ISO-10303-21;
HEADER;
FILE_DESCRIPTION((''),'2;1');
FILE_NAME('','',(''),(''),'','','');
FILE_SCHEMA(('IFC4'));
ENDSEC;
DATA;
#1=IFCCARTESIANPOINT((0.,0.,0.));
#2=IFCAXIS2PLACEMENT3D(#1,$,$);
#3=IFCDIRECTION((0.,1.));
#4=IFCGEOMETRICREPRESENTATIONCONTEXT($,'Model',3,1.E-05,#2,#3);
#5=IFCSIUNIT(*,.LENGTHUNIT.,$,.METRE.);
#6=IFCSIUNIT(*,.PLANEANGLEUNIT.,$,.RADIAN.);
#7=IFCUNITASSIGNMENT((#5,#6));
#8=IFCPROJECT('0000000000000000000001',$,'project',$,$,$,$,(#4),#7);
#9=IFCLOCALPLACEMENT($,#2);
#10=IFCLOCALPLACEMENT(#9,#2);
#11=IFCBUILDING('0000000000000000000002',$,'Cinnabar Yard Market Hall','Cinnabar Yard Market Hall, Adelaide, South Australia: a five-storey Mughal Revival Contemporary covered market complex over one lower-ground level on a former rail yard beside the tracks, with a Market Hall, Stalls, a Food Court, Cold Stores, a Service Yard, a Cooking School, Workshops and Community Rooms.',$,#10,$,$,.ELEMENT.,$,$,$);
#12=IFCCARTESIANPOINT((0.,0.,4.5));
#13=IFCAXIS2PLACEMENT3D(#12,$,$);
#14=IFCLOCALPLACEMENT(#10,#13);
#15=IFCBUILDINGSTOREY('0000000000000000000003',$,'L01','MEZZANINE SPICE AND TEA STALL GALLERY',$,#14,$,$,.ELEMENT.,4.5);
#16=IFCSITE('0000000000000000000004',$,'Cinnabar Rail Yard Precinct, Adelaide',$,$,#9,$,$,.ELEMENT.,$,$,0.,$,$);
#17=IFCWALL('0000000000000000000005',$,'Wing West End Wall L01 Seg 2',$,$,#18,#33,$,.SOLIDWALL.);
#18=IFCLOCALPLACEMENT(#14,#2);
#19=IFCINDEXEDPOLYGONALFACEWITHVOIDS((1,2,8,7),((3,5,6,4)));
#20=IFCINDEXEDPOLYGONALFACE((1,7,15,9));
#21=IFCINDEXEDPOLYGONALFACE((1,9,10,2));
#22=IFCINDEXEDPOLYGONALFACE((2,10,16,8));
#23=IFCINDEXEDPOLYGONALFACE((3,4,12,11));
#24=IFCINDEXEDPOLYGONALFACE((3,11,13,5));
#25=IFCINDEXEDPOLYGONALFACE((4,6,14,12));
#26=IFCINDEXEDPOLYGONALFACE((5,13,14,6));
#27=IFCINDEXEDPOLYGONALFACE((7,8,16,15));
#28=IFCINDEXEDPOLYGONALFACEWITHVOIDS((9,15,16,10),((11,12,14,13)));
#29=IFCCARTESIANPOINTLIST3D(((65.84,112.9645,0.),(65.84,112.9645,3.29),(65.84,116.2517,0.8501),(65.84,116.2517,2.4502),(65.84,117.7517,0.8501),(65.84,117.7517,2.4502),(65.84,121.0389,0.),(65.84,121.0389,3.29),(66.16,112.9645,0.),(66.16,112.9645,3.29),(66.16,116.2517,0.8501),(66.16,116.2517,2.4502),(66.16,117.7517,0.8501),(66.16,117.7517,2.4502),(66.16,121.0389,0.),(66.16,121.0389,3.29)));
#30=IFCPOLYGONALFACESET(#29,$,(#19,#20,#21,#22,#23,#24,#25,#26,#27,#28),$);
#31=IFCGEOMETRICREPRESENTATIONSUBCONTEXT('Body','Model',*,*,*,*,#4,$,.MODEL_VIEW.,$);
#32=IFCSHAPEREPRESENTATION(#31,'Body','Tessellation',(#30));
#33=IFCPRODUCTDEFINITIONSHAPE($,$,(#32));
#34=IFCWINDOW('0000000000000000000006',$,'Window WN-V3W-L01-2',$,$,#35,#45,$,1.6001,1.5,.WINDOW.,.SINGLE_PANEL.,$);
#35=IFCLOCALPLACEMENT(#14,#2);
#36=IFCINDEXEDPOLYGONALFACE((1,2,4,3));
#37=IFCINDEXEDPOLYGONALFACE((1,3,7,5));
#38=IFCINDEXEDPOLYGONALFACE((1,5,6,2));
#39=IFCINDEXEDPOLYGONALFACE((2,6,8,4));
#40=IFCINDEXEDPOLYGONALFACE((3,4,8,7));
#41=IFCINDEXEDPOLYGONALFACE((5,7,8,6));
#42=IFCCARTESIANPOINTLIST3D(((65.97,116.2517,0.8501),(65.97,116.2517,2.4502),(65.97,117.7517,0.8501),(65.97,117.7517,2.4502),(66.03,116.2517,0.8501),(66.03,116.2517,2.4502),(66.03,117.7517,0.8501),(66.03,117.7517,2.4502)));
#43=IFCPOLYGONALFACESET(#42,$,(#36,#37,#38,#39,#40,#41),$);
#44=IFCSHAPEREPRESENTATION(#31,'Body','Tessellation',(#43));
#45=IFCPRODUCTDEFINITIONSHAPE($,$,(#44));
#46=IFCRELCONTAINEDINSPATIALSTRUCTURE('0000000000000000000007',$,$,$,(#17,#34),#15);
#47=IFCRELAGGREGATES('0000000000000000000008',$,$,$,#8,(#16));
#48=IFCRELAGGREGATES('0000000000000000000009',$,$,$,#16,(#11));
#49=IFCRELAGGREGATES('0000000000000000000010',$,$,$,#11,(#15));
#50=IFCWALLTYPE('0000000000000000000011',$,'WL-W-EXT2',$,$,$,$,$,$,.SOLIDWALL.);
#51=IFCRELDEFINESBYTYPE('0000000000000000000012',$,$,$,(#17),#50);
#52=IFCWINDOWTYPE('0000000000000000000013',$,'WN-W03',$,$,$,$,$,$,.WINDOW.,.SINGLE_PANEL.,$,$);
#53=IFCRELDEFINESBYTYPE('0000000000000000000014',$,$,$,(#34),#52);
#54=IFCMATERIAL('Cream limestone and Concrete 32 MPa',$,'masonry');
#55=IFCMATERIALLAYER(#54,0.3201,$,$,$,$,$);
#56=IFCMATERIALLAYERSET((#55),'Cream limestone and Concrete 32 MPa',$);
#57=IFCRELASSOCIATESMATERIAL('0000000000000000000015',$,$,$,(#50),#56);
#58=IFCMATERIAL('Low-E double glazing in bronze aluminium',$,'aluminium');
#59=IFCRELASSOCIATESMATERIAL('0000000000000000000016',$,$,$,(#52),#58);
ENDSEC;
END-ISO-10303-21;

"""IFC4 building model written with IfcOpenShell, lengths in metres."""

from ifc_helpers import new_model, si_unit, direction, frame, frame_2d, origin, place, context, subcontext, project, spatial, rectangle, extrude, material, layer, layer_set, type_object, element, fill, save


model = new_model("IFC4")

# Units and contexts
model_context = context("Model", 3, precision=1e-05, world=origin(), true_north=direction((0.0, 1.0)))
body_context = subcontext(model_context, "Body", "Model", "MODEL_VIEW")
ifc_project = project(units=[si_unit("LENGTHUNIT", "METRE"), si_unit("PLANEANGLEUNIT", "RADIAN")], contexts=[model_context])

# Site, building, storey
site_placement = place(None, origin())
site = spatial("IfcSite", under=ifc_project, at=site_placement, Name="Cinnabar Rail Yard Precinct, Adelaide", CompositionType="ELEMENT", RefElevation=0.0)
building_placement = place(site_placement, origin())
building = spatial("IfcBuilding", under=site, at=building_placement, Name="Cinnabar Yard Market Hall", Description="Cinnabar Yard Market Hall, Adelaide, South Australia: a five-storey Mughal Revival Contemporary covered market complex over one lower-ground level on a former rail yard beside the tracks, with a Market Hall, Stalls, a Food Court, Cold Stores, a Service Yard, a Cooking School, Workshops and Community Rooms.", CompositionType="ELEMENT")
storey_placement = place(building_placement, frame((0.0, 0.0, 4.5)))
storey = spatial("IfcBuildingStorey", under=building, at=storey_placement, Name="L01", Description="MEZZANINE SPICE AND TEA STALL GALLERY", CompositionType="ELEMENT", Elevation=4.5)

# Shared definitions
ifc_material_1 = material(Name="Cream limestone and Concrete 32 MPa", Category="masonry")
ifc_layer_1 = layer(ifc_material_1, 0.3201)
ifc_layer_set_1 = layer_set([ifc_layer_1], Name="Cream limestone and Concrete 32 MPa")
wall_type_1 = type_object("IfcWallType", Name="WL-W-EXT2", PredefinedType="SOLIDWALL", material=ifc_layer_set_1)
ifc_material_2 = material(Name="Low-E double glazing in bronze aluminium", Category="aluminium")

# Wall, opening, window
wall_1_placement = place(storey_placement, frame((66.0, 121.0388, 0.0), z_axis=(0.0, 0.0, 1.0), x_axis=(0.0, -1.0, 0.0)))
wall_1 = element("IfcWall", 1, at=wall_1_placement, inside=storey, type_object=wall_type_1, Name="Wing West End Wall L01 Seg 2", PredefinedType="SOLIDWALL", context=body_context, shape_type="SweptSolid", body=[
    extrude(rectangle(XDim=8.0745, YDim=0.3201, at=frame_2d((4.0371, 0.0), x_axis=(1.0, 0.0))), origin(), (0.0, 0.0, 1.0), 3.29),
])
opening_1_placement = place(wall_1_placement, frame((3.2871, 0.0, 0.8501)))
opening_1 = element("IfcOpeningElement", 2, at=opening_1_placement, cuts=wall_1, PredefinedType="OPENING", context=body_context, shape_type="SweptSolid", body=[
    extrude(rectangle(XDim=1.5, YDim=1.6001, at=frame_2d((0.75, 0.8), x_axis=(1.0, 0.0))), frame((0.0, 0.1699, 0.0), z_axis=(0.0, -1.0, 0.0), x_axis=(1.0, 0.0, 0.0)), (0.0, 0.0, 1.0), 0.3401),
])
window_type_1 = type_object("IfcWindowType", Name="WN-W03", PartitioningType="SINGLE_PANEL", PredefinedType="WINDOW", material=ifc_material_2)
window_1_placement = place(opening_1_placement, origin())
window_1 = element("IfcWindow", 3, at=window_1_placement, inside=storey, type_object=window_type_1, Name="Window WN-V3W-L01-2", OverallHeight=1.6001, OverallWidth=1.5, PartitioningType="SINGLE_PANEL", PredefinedType="WINDOW", context=body_context, shape_type="SweptSolid", body=[
    extrude(rectangle(XDim=1.5, YDim=1.6001, at=frame_2d((0.75, 0.8), x_axis=(1.0, 0.0))), frame((0.0, 0.03, 0.0), z_axis=(0.0, -1.0, 0.0), x_axis=(1.0, 0.0, 0.0)), (0.0, 0.0, 1.0), 0.0601),
])
fill(opening_1, window_1)

save(model, "model.ifc")
